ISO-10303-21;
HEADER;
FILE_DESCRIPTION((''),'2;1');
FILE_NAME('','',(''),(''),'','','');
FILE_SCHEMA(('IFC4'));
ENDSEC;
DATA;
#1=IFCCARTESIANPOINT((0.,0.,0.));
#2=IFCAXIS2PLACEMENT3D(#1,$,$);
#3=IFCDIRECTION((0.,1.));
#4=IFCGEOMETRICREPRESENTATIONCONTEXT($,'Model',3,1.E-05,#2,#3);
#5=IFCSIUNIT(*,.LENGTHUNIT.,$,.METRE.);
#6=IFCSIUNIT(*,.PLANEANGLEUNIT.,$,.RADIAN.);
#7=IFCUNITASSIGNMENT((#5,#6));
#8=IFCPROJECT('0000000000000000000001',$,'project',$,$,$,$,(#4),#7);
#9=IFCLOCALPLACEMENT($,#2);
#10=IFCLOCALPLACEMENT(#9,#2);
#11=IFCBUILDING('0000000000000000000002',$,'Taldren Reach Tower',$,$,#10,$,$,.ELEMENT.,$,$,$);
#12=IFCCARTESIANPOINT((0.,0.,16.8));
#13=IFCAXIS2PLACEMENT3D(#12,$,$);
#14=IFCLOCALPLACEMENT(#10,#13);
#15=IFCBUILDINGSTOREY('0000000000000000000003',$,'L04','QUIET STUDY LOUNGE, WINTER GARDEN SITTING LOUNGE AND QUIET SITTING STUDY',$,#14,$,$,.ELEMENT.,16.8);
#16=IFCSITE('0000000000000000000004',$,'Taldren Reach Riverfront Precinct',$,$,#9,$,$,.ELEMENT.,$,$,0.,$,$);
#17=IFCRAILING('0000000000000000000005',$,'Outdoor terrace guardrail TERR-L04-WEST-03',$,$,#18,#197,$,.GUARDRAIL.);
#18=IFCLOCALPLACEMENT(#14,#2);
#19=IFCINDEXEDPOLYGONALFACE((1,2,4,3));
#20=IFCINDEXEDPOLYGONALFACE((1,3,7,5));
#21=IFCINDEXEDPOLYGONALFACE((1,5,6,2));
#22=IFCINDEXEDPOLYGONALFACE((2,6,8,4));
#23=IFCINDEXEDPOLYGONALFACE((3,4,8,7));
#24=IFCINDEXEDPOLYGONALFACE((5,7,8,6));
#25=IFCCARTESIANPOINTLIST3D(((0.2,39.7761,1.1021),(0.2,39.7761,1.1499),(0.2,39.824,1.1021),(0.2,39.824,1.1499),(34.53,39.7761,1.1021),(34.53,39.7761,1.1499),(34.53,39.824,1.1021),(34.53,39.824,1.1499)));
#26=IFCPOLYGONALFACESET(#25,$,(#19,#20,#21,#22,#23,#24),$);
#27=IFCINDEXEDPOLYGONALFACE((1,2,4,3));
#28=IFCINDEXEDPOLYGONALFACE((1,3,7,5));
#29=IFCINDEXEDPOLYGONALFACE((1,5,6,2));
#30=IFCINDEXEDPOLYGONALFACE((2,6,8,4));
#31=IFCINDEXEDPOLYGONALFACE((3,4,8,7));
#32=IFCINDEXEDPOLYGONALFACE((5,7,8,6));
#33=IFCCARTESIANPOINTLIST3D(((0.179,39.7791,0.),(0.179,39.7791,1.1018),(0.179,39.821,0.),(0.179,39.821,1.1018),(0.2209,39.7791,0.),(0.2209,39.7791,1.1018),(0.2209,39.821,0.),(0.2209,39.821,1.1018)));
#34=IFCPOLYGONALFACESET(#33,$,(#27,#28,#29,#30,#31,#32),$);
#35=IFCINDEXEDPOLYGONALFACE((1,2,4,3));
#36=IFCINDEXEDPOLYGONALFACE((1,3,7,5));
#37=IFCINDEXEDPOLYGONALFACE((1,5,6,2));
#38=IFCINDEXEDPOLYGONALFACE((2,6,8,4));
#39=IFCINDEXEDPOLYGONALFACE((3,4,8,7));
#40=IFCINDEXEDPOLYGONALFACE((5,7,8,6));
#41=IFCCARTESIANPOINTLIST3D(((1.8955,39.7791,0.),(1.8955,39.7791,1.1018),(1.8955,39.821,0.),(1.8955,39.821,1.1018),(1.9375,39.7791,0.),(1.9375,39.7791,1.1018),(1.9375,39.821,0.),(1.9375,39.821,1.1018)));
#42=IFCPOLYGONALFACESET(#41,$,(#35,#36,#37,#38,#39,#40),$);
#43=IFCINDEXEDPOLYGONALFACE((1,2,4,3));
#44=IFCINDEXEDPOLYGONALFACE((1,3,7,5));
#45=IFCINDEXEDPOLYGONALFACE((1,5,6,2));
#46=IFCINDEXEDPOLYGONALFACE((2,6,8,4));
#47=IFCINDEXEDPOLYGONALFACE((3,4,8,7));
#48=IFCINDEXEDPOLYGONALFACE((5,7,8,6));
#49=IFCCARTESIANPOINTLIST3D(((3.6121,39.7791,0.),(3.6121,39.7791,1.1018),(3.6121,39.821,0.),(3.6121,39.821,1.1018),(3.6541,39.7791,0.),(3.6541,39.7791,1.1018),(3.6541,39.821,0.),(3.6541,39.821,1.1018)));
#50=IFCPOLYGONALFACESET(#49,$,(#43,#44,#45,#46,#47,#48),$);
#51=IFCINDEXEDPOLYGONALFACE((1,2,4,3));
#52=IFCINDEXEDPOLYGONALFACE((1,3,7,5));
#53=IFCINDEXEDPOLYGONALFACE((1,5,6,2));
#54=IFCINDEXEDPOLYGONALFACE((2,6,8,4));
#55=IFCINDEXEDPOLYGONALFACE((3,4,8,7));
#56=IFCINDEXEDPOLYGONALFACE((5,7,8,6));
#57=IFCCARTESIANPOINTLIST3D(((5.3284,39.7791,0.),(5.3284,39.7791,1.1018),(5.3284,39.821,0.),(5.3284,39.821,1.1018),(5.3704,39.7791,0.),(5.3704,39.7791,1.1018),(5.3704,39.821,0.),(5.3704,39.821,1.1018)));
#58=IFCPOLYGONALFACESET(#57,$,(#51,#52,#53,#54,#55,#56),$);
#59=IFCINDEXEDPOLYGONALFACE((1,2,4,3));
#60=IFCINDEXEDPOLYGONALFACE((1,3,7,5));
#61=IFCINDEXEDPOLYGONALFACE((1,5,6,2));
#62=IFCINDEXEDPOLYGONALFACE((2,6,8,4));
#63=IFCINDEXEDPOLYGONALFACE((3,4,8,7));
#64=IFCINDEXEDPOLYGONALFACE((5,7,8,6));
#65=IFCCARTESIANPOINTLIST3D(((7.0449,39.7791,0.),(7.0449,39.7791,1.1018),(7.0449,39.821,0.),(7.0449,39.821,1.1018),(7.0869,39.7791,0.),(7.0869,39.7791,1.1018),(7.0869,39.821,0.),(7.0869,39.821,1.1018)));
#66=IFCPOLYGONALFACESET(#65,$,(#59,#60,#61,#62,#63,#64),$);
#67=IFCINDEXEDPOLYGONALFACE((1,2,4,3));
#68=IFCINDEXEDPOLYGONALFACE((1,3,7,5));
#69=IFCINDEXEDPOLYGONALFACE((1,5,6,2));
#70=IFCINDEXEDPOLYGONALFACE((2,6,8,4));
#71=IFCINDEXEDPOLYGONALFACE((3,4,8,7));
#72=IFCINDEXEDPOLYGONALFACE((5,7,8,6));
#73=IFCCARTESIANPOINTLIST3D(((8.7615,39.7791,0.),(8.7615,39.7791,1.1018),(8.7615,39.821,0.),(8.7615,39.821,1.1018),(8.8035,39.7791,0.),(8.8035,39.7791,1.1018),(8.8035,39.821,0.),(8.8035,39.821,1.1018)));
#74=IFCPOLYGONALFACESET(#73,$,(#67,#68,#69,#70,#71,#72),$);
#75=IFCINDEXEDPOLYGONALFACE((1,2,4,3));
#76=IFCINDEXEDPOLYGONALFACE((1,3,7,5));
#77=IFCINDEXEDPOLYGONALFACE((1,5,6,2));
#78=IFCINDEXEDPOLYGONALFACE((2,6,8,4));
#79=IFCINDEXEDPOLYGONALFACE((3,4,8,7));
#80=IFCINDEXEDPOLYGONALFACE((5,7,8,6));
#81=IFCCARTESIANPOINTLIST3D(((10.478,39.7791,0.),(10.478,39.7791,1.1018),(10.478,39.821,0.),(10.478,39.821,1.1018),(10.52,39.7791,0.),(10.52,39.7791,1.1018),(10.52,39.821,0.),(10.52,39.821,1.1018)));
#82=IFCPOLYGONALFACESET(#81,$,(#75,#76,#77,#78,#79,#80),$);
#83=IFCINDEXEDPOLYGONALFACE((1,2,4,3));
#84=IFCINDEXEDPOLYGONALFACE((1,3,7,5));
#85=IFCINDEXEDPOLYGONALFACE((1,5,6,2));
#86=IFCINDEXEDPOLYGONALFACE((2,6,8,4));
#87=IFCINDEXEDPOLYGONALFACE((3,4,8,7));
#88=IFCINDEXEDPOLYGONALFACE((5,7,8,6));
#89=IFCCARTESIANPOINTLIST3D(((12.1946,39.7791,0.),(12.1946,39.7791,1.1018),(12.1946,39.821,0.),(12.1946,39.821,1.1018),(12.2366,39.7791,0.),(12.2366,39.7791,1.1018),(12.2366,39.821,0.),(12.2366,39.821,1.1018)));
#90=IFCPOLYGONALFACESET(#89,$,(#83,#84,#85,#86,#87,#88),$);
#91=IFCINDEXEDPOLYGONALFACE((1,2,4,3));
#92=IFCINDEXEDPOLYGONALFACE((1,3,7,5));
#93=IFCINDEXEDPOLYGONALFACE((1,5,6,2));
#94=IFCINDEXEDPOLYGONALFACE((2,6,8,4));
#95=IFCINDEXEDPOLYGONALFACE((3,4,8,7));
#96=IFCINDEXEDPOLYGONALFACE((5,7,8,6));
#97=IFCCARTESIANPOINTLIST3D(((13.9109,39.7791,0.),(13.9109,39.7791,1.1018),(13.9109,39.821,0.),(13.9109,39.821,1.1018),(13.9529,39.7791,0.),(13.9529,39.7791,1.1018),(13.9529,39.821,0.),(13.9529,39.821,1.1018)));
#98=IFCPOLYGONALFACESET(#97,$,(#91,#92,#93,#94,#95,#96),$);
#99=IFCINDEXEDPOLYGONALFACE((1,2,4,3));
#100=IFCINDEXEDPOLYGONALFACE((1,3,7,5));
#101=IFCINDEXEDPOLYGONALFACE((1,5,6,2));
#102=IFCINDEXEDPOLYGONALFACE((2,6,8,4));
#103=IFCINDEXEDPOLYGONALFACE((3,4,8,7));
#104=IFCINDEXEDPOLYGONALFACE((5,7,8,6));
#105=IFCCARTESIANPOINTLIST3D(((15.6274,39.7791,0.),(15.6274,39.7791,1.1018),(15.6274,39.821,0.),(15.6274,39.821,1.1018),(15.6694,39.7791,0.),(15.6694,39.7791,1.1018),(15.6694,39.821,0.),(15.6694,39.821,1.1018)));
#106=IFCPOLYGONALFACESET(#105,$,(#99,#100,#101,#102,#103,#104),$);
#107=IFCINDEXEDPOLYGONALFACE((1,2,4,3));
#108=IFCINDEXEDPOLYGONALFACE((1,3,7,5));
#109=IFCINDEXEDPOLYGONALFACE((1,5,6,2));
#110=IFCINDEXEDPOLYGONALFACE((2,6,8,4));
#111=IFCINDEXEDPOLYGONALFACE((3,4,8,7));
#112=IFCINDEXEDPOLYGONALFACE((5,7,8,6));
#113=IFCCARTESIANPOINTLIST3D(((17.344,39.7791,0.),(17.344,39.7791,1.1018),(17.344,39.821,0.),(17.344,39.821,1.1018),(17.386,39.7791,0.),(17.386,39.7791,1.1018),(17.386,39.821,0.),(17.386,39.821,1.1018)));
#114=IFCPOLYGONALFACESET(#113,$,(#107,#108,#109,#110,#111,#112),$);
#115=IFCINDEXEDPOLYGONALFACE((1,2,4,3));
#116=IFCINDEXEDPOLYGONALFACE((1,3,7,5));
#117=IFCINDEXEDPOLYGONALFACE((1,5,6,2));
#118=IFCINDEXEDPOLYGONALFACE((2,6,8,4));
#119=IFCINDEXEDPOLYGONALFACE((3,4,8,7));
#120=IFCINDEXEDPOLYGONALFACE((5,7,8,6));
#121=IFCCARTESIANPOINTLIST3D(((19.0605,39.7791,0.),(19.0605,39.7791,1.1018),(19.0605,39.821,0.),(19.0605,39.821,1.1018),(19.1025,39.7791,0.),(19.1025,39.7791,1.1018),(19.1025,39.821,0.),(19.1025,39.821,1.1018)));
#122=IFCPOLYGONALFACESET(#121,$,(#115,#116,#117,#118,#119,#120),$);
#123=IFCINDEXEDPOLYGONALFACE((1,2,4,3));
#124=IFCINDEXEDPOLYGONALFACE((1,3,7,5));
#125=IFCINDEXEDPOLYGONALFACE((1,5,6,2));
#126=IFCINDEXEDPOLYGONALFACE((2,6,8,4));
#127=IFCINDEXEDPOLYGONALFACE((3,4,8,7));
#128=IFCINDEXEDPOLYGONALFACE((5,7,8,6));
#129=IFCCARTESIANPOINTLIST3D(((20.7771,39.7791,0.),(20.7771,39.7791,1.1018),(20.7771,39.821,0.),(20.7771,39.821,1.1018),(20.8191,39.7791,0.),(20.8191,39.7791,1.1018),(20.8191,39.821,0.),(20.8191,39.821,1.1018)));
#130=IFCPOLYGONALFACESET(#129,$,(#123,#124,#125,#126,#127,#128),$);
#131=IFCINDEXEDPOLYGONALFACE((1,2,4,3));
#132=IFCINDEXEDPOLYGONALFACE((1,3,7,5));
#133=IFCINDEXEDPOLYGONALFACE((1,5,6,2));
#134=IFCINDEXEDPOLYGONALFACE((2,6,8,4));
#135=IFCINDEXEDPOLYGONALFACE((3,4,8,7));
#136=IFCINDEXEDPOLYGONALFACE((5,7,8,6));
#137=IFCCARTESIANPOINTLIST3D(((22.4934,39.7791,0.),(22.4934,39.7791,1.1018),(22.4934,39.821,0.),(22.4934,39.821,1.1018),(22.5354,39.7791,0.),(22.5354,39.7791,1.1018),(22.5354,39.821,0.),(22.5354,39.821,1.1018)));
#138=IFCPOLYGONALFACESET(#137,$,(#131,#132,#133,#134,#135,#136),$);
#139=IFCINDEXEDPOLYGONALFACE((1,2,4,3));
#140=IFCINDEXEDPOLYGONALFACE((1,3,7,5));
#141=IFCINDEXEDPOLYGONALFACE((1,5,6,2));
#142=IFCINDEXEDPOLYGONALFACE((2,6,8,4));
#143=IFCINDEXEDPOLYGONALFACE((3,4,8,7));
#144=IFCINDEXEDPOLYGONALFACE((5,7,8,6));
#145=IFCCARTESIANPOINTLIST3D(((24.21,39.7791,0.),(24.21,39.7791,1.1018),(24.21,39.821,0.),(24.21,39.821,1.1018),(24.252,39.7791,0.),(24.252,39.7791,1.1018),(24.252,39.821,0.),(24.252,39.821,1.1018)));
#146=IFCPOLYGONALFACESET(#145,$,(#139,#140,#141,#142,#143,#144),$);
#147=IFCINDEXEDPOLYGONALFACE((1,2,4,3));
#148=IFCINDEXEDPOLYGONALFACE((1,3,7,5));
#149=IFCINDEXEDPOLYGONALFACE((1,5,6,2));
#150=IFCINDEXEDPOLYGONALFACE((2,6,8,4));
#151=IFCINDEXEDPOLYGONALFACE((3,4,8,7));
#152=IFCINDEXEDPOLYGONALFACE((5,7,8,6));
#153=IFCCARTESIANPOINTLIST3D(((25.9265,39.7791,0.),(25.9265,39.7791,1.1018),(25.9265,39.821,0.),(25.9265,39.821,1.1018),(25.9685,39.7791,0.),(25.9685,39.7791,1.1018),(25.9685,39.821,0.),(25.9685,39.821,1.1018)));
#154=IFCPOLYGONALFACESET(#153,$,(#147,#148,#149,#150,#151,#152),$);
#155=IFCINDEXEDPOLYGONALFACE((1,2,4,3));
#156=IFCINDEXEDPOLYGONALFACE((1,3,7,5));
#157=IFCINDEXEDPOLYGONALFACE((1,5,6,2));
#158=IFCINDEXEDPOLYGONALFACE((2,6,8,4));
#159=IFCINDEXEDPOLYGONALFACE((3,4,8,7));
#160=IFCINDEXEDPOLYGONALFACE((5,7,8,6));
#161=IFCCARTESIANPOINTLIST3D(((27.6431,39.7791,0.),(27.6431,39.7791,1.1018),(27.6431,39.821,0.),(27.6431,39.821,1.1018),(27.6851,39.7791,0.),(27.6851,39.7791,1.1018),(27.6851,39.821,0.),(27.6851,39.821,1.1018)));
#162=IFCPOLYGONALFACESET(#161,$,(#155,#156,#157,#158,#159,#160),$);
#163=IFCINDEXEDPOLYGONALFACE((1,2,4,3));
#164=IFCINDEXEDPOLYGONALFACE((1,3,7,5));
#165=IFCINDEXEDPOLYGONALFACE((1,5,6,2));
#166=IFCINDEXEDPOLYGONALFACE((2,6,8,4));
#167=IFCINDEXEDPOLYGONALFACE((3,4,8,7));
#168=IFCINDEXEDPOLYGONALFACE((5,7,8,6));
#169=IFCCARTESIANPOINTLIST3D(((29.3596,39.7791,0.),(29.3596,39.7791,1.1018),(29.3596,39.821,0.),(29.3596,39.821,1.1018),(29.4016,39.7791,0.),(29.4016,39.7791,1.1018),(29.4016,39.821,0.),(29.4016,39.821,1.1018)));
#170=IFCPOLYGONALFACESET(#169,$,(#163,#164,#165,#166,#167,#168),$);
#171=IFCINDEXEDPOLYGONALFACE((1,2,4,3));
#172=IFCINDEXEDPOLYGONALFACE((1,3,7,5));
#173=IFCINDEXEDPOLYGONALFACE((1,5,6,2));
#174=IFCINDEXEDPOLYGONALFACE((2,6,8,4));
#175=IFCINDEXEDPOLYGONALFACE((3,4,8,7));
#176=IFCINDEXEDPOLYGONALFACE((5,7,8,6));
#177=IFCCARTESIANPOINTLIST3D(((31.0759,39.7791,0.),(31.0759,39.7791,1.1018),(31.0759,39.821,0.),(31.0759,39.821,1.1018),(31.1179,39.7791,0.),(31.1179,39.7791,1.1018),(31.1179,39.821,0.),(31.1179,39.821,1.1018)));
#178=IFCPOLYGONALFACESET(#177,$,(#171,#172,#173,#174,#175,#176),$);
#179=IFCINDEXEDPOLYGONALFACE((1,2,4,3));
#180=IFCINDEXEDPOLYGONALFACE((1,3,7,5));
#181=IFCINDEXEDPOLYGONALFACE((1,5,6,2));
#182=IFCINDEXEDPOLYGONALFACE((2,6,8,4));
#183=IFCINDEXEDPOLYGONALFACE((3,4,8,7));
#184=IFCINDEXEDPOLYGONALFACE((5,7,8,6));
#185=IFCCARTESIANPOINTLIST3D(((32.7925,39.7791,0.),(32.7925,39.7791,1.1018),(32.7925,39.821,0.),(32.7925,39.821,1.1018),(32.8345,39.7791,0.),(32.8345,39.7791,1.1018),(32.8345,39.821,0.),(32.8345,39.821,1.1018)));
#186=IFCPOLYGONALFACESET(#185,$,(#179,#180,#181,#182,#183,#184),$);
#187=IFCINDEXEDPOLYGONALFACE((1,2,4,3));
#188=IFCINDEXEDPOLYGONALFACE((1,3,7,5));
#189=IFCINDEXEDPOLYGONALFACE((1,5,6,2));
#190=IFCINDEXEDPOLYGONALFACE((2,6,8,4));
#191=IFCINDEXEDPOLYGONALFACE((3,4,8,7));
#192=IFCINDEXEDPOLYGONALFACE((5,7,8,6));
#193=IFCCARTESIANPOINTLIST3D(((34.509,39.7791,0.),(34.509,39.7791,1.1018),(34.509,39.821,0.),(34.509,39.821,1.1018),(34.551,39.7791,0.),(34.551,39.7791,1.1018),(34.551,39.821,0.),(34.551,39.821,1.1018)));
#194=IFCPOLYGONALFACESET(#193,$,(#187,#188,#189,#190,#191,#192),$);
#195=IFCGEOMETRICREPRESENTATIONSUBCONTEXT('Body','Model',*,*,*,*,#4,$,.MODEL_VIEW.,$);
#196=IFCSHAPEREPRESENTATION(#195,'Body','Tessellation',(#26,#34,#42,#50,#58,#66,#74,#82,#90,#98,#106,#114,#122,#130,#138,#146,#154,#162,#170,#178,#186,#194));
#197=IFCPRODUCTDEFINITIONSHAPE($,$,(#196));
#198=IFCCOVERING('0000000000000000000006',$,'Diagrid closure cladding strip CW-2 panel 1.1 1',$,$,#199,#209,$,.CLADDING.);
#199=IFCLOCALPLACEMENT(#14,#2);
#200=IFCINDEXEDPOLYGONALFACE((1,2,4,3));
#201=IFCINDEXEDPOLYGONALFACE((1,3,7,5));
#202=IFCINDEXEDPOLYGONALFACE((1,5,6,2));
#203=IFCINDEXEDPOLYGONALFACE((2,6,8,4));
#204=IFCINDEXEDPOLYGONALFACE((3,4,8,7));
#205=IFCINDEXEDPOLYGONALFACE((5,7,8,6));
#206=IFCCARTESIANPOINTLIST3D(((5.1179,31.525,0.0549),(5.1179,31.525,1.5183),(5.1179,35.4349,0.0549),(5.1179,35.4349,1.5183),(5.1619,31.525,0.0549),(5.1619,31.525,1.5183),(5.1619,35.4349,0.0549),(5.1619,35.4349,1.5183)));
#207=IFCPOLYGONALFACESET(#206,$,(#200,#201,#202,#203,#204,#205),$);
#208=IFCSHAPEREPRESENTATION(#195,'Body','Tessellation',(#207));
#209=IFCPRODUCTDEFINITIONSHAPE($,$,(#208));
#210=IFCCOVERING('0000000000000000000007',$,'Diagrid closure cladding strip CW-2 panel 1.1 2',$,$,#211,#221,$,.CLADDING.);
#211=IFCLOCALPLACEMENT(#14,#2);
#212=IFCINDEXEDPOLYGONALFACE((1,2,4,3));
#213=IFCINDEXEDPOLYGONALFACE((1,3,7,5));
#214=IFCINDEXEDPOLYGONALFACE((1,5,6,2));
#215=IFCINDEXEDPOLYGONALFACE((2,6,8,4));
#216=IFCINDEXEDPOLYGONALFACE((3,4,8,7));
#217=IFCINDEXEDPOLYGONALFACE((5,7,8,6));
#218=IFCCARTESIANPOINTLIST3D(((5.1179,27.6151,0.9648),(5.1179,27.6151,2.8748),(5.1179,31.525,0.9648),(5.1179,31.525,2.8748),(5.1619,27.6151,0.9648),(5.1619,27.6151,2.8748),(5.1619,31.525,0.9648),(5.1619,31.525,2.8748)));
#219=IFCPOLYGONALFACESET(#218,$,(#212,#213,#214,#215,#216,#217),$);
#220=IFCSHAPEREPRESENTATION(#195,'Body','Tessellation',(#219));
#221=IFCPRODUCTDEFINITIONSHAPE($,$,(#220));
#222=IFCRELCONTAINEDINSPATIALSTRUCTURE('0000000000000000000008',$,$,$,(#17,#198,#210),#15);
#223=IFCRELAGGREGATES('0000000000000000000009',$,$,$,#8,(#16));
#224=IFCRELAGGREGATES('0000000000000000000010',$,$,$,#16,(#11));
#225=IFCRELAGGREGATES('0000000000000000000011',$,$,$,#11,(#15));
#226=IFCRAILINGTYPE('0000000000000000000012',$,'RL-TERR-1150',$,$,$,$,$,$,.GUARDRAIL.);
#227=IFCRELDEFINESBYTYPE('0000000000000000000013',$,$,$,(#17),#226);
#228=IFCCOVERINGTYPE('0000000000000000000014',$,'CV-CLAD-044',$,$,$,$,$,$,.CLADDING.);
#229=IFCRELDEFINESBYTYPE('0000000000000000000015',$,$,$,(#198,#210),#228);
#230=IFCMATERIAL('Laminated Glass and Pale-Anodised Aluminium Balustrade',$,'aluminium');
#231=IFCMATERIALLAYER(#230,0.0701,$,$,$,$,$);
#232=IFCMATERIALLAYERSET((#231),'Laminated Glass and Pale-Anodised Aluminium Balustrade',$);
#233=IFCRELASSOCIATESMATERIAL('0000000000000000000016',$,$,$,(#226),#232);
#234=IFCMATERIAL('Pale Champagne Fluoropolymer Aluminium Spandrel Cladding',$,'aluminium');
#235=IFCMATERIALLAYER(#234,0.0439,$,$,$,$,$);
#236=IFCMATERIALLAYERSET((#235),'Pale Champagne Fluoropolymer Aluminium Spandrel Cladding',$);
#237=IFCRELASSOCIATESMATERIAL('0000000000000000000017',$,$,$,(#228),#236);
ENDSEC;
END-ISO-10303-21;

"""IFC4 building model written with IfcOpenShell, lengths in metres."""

from ifc_helpers import new_model, si_unit, direction, frame, origin, origin_2d, place, context, subcontext, project, spatial, rectangle, extrude, source, transform, mapped, material, layer, layer_set, type_object, element, save


model = new_model("IFC4")

# Units and contexts
model_context = context("Model", 3, precision=1e-05, world=origin(), true_north=direction((0.0, 1.0)))
body_context = subcontext(model_context, "Body", "Model", "MODEL_VIEW")
ifc_project = project(units=[si_unit("LENGTHUNIT", "METRE"), si_unit("PLANEANGLEUNIT", "RADIAN")], contexts=[model_context])

# Site, building, storey
site_placement = place(None, origin())
site = spatial("IfcSite", under=ifc_project, at=site_placement, Name="Taldren Reach Riverfront Precinct", CompositionType="ELEMENT", RefElevation=0.0)
building_placement = place(site_placement, origin())
building = spatial("IfcBuilding", under=site, at=building_placement, Name="Taldren Reach Tower", CompositionType="ELEMENT")
storey_placement = place(building_placement, frame((0.0, 0.0, 16.8)))
storey = spatial("IfcBuildingStorey", under=building, at=storey_placement, Name="L04", Description="QUIET STUDY LOUNGE, WINTER GARDEN SITTING LOUNGE AND QUIET SITTING STUDY", CompositionType="ELEMENT", Elevation=16.8)

# Railing
ifc_material_1 = material(Name="Laminated Glass and Pale-Anodised Aluminium Balustrade", Category="aluminium")
ifc_layer_1 = layer(ifc_material_1, 0.0701)
ifc_layer_set_1 = layer_set([ifc_layer_1], Name="Laminated Glass and Pale-Anodised Aluminium Balustrade")
railing_type = type_object("IfcRailingType", Name="RL-TERR-1150", PredefinedType="GUARDRAIL", material=ifc_layer_set_1)
railing_placement = place(storey_placement, frame((0.2, 39.8, 0.0)))
element("IfcRailing", 1, at=railing_placement, inside=storey, type_object=railing_type, Name="Outdoor terrace guardrail TERR-L04-WEST-03", PredefinedType="GUARDRAIL", context=body_context, shape_type="SweptSolid", body=[
    extrude(rectangle(XDim=0.0479, YDim=0.0479, at=origin_2d()), frame((0.0, 0.0, 1.126), z_axis=(1.0, 0.0, 0.0), x_axis=(0.0, 1.0, 0.0)), (0.0, 0.0, 1.0), 34.3301),
    extrude(rectangle(XDim=0.042, YDim=0.042, at=origin_2d()), origin(), (0.0, 0.0, 1.0), 1.1018),
    extrude(rectangle(XDim=0.042, YDim=0.042, at=origin_2d()), frame((1.7166, 0.0, 0.0)), (0.0, 0.0, 1.0), 1.1018),
    extrude(rectangle(XDim=0.042, YDim=0.042, at=origin_2d()), frame((3.4331, 0.0, 0.0)), (0.0, 0.0, 1.0), 1.1018),
    extrude(rectangle(XDim=0.042, YDim=0.042, at=origin_2d()), frame((5.1494, 0.0, 0.0)), (0.0, 0.0, 1.0), 1.1018),
    extrude(rectangle(XDim=0.042, YDim=0.042, at=origin_2d()), frame((6.866, 0.0, 0.0)), (0.0, 0.0, 1.0), 1.1018),
    extrude(rectangle(XDim=0.042, YDim=0.042, at=origin_2d()), frame((8.5825, 0.0, 0.0)), (0.0, 0.0, 1.0), 1.1018),
    extrude(rectangle(XDim=0.042, YDim=0.042, at=origin_2d()), frame((10.2991, 0.0, 0.0)), (0.0, 0.0, 1.0), 1.1018),
    extrude(rectangle(XDim=0.042, YDim=0.042, at=origin_2d()), frame((12.0156, 0.0, 0.0)), (0.0, 0.0, 1.0), 1.1018),
    extrude(rectangle(XDim=0.042, YDim=0.042, at=origin_2d()), frame((13.7319, 0.0, 0.0)), (0.0, 0.0, 1.0), 1.1018),
    extrude(rectangle(XDim=0.042, YDim=0.042, at=origin_2d()), frame((15.4485, 0.0, 0.0)), (0.0, 0.0, 1.0), 1.1018),
    extrude(rectangle(XDim=0.042, YDim=0.042, at=origin_2d()), frame((17.165, 0.0, 0.0)), (0.0, 0.0, 1.0), 1.1018),
    extrude(rectangle(XDim=0.042, YDim=0.042, at=origin_2d()), frame((18.8816, 0.0, 0.0)), (0.0, 0.0, 1.0), 1.1018),
    extrude(rectangle(XDim=0.042, YDim=0.042, at=origin_2d()), frame((20.5981, 0.0, 0.0)), (0.0, 0.0, 1.0), 1.1018),
    extrude(rectangle(XDim=0.042, YDim=0.042, at=origin_2d()), frame((22.3145, 0.0, 0.0)), (0.0, 0.0, 1.0), 1.1018),
    extrude(rectangle(XDim=0.042, YDim=0.042, at=origin_2d()), frame((24.031, 0.0, 0.0)), (0.0, 0.0, 1.0), 1.1018),
    extrude(rectangle(XDim=0.042, YDim=0.042, at=origin_2d()), frame((25.7476, 0.0, 0.0)), (0.0, 0.0, 1.0), 1.1018),
    extrude(rectangle(XDim=0.042, YDim=0.042, at=origin_2d()), frame((27.4641, 0.0, 0.0)), (0.0, 0.0, 1.0), 1.1018),
    extrude(rectangle(XDim=0.042, YDim=0.042, at=origin_2d()), frame((29.1807, 0.0, 0.0)), (0.0, 0.0, 1.0), 1.1018),
    extrude(rectangle(XDim=0.042, YDim=0.042, at=origin_2d()), frame((30.897, 0.0, 0.0)), (0.0, 0.0, 1.0), 1.1018),
    extrude(rectangle(XDim=0.042, YDim=0.042, at=origin_2d()), frame((32.6135, 0.0, 0.0)), (0.0, 0.0, 1.0), 1.1018),
    extrude(rectangle(XDim=0.042, YDim=0.042, at=origin_2d()), frame((34.3301, 0.0, 0.0)), (0.0, 0.0, 1.0), 1.1018),
])

# Coverings
ifc_material_2 = material(Name="Pale Champagne Fluoropolymer Aluminium Spandrel Cladding", Category="aluminium")
ifc_layer_2 = layer(ifc_material_2, 0.0439)
ifc_layer_set_2 = layer_set([ifc_layer_2], Name="Pale Champagne Fluoropolymer Aluminium Spandrel Cladding")
covering_type = type_object("IfcCoveringType", Name="CV-CLAD-044", PredefinedType="CLADDING", material=ifc_layer_set_2)
shared_shape_1 = source(origin(), body_context, "Body", "SweptSolid", [
    extrude(rectangle(XDim=3.9099, YDim=0.0439, at=origin_2d()), origin(), (0.0, 0.0, 1.0), 1.4634),
])
covering_1_placement = place(storey_placement, frame((5.1399, 33.48, 0.0549), z_axis=(0.0, 0.0, 1.0), x_axis=(0.0, -1.0, 0.0)))
element("IfcCovering", 2, at=covering_1_placement, inside=storey, type_object=covering_type, Name="Diagrid closure cladding strip CW-2 panel 1.1 1", PredefinedType="CLADDING", context=body_context, shape_type="MappedRepresentation", body=[
    mapped(shared_shape_1, transform((0.0, 0.0, 0.0), scale=1.0)),
])
shared_shape_2 = source(origin(), body_context, "Body", "SweptSolid", [
    extrude(rectangle(XDim=3.9099, YDim=0.0439, at=origin_2d()), origin(), (0.0, 0.0, 1.0), 1.9099),
])
covering_2_placement = place(storey_placement, frame((5.1399, 29.5701, 0.9648), z_axis=(0.0, 0.0, 1.0), x_axis=(0.0, -1.0, 0.0)))
element("IfcCovering", 3, at=covering_2_placement, inside=storey, type_object=covering_type, Name="Diagrid closure cladding strip CW-2 panel 1.1 2", PredefinedType="CLADDING", context=body_context, shape_type="MappedRepresentation", body=[
    mapped(shared_shape_2, transform((0.0, 0.0, 0.0), scale=1.0)),
])

save(model, "model.ifc")
